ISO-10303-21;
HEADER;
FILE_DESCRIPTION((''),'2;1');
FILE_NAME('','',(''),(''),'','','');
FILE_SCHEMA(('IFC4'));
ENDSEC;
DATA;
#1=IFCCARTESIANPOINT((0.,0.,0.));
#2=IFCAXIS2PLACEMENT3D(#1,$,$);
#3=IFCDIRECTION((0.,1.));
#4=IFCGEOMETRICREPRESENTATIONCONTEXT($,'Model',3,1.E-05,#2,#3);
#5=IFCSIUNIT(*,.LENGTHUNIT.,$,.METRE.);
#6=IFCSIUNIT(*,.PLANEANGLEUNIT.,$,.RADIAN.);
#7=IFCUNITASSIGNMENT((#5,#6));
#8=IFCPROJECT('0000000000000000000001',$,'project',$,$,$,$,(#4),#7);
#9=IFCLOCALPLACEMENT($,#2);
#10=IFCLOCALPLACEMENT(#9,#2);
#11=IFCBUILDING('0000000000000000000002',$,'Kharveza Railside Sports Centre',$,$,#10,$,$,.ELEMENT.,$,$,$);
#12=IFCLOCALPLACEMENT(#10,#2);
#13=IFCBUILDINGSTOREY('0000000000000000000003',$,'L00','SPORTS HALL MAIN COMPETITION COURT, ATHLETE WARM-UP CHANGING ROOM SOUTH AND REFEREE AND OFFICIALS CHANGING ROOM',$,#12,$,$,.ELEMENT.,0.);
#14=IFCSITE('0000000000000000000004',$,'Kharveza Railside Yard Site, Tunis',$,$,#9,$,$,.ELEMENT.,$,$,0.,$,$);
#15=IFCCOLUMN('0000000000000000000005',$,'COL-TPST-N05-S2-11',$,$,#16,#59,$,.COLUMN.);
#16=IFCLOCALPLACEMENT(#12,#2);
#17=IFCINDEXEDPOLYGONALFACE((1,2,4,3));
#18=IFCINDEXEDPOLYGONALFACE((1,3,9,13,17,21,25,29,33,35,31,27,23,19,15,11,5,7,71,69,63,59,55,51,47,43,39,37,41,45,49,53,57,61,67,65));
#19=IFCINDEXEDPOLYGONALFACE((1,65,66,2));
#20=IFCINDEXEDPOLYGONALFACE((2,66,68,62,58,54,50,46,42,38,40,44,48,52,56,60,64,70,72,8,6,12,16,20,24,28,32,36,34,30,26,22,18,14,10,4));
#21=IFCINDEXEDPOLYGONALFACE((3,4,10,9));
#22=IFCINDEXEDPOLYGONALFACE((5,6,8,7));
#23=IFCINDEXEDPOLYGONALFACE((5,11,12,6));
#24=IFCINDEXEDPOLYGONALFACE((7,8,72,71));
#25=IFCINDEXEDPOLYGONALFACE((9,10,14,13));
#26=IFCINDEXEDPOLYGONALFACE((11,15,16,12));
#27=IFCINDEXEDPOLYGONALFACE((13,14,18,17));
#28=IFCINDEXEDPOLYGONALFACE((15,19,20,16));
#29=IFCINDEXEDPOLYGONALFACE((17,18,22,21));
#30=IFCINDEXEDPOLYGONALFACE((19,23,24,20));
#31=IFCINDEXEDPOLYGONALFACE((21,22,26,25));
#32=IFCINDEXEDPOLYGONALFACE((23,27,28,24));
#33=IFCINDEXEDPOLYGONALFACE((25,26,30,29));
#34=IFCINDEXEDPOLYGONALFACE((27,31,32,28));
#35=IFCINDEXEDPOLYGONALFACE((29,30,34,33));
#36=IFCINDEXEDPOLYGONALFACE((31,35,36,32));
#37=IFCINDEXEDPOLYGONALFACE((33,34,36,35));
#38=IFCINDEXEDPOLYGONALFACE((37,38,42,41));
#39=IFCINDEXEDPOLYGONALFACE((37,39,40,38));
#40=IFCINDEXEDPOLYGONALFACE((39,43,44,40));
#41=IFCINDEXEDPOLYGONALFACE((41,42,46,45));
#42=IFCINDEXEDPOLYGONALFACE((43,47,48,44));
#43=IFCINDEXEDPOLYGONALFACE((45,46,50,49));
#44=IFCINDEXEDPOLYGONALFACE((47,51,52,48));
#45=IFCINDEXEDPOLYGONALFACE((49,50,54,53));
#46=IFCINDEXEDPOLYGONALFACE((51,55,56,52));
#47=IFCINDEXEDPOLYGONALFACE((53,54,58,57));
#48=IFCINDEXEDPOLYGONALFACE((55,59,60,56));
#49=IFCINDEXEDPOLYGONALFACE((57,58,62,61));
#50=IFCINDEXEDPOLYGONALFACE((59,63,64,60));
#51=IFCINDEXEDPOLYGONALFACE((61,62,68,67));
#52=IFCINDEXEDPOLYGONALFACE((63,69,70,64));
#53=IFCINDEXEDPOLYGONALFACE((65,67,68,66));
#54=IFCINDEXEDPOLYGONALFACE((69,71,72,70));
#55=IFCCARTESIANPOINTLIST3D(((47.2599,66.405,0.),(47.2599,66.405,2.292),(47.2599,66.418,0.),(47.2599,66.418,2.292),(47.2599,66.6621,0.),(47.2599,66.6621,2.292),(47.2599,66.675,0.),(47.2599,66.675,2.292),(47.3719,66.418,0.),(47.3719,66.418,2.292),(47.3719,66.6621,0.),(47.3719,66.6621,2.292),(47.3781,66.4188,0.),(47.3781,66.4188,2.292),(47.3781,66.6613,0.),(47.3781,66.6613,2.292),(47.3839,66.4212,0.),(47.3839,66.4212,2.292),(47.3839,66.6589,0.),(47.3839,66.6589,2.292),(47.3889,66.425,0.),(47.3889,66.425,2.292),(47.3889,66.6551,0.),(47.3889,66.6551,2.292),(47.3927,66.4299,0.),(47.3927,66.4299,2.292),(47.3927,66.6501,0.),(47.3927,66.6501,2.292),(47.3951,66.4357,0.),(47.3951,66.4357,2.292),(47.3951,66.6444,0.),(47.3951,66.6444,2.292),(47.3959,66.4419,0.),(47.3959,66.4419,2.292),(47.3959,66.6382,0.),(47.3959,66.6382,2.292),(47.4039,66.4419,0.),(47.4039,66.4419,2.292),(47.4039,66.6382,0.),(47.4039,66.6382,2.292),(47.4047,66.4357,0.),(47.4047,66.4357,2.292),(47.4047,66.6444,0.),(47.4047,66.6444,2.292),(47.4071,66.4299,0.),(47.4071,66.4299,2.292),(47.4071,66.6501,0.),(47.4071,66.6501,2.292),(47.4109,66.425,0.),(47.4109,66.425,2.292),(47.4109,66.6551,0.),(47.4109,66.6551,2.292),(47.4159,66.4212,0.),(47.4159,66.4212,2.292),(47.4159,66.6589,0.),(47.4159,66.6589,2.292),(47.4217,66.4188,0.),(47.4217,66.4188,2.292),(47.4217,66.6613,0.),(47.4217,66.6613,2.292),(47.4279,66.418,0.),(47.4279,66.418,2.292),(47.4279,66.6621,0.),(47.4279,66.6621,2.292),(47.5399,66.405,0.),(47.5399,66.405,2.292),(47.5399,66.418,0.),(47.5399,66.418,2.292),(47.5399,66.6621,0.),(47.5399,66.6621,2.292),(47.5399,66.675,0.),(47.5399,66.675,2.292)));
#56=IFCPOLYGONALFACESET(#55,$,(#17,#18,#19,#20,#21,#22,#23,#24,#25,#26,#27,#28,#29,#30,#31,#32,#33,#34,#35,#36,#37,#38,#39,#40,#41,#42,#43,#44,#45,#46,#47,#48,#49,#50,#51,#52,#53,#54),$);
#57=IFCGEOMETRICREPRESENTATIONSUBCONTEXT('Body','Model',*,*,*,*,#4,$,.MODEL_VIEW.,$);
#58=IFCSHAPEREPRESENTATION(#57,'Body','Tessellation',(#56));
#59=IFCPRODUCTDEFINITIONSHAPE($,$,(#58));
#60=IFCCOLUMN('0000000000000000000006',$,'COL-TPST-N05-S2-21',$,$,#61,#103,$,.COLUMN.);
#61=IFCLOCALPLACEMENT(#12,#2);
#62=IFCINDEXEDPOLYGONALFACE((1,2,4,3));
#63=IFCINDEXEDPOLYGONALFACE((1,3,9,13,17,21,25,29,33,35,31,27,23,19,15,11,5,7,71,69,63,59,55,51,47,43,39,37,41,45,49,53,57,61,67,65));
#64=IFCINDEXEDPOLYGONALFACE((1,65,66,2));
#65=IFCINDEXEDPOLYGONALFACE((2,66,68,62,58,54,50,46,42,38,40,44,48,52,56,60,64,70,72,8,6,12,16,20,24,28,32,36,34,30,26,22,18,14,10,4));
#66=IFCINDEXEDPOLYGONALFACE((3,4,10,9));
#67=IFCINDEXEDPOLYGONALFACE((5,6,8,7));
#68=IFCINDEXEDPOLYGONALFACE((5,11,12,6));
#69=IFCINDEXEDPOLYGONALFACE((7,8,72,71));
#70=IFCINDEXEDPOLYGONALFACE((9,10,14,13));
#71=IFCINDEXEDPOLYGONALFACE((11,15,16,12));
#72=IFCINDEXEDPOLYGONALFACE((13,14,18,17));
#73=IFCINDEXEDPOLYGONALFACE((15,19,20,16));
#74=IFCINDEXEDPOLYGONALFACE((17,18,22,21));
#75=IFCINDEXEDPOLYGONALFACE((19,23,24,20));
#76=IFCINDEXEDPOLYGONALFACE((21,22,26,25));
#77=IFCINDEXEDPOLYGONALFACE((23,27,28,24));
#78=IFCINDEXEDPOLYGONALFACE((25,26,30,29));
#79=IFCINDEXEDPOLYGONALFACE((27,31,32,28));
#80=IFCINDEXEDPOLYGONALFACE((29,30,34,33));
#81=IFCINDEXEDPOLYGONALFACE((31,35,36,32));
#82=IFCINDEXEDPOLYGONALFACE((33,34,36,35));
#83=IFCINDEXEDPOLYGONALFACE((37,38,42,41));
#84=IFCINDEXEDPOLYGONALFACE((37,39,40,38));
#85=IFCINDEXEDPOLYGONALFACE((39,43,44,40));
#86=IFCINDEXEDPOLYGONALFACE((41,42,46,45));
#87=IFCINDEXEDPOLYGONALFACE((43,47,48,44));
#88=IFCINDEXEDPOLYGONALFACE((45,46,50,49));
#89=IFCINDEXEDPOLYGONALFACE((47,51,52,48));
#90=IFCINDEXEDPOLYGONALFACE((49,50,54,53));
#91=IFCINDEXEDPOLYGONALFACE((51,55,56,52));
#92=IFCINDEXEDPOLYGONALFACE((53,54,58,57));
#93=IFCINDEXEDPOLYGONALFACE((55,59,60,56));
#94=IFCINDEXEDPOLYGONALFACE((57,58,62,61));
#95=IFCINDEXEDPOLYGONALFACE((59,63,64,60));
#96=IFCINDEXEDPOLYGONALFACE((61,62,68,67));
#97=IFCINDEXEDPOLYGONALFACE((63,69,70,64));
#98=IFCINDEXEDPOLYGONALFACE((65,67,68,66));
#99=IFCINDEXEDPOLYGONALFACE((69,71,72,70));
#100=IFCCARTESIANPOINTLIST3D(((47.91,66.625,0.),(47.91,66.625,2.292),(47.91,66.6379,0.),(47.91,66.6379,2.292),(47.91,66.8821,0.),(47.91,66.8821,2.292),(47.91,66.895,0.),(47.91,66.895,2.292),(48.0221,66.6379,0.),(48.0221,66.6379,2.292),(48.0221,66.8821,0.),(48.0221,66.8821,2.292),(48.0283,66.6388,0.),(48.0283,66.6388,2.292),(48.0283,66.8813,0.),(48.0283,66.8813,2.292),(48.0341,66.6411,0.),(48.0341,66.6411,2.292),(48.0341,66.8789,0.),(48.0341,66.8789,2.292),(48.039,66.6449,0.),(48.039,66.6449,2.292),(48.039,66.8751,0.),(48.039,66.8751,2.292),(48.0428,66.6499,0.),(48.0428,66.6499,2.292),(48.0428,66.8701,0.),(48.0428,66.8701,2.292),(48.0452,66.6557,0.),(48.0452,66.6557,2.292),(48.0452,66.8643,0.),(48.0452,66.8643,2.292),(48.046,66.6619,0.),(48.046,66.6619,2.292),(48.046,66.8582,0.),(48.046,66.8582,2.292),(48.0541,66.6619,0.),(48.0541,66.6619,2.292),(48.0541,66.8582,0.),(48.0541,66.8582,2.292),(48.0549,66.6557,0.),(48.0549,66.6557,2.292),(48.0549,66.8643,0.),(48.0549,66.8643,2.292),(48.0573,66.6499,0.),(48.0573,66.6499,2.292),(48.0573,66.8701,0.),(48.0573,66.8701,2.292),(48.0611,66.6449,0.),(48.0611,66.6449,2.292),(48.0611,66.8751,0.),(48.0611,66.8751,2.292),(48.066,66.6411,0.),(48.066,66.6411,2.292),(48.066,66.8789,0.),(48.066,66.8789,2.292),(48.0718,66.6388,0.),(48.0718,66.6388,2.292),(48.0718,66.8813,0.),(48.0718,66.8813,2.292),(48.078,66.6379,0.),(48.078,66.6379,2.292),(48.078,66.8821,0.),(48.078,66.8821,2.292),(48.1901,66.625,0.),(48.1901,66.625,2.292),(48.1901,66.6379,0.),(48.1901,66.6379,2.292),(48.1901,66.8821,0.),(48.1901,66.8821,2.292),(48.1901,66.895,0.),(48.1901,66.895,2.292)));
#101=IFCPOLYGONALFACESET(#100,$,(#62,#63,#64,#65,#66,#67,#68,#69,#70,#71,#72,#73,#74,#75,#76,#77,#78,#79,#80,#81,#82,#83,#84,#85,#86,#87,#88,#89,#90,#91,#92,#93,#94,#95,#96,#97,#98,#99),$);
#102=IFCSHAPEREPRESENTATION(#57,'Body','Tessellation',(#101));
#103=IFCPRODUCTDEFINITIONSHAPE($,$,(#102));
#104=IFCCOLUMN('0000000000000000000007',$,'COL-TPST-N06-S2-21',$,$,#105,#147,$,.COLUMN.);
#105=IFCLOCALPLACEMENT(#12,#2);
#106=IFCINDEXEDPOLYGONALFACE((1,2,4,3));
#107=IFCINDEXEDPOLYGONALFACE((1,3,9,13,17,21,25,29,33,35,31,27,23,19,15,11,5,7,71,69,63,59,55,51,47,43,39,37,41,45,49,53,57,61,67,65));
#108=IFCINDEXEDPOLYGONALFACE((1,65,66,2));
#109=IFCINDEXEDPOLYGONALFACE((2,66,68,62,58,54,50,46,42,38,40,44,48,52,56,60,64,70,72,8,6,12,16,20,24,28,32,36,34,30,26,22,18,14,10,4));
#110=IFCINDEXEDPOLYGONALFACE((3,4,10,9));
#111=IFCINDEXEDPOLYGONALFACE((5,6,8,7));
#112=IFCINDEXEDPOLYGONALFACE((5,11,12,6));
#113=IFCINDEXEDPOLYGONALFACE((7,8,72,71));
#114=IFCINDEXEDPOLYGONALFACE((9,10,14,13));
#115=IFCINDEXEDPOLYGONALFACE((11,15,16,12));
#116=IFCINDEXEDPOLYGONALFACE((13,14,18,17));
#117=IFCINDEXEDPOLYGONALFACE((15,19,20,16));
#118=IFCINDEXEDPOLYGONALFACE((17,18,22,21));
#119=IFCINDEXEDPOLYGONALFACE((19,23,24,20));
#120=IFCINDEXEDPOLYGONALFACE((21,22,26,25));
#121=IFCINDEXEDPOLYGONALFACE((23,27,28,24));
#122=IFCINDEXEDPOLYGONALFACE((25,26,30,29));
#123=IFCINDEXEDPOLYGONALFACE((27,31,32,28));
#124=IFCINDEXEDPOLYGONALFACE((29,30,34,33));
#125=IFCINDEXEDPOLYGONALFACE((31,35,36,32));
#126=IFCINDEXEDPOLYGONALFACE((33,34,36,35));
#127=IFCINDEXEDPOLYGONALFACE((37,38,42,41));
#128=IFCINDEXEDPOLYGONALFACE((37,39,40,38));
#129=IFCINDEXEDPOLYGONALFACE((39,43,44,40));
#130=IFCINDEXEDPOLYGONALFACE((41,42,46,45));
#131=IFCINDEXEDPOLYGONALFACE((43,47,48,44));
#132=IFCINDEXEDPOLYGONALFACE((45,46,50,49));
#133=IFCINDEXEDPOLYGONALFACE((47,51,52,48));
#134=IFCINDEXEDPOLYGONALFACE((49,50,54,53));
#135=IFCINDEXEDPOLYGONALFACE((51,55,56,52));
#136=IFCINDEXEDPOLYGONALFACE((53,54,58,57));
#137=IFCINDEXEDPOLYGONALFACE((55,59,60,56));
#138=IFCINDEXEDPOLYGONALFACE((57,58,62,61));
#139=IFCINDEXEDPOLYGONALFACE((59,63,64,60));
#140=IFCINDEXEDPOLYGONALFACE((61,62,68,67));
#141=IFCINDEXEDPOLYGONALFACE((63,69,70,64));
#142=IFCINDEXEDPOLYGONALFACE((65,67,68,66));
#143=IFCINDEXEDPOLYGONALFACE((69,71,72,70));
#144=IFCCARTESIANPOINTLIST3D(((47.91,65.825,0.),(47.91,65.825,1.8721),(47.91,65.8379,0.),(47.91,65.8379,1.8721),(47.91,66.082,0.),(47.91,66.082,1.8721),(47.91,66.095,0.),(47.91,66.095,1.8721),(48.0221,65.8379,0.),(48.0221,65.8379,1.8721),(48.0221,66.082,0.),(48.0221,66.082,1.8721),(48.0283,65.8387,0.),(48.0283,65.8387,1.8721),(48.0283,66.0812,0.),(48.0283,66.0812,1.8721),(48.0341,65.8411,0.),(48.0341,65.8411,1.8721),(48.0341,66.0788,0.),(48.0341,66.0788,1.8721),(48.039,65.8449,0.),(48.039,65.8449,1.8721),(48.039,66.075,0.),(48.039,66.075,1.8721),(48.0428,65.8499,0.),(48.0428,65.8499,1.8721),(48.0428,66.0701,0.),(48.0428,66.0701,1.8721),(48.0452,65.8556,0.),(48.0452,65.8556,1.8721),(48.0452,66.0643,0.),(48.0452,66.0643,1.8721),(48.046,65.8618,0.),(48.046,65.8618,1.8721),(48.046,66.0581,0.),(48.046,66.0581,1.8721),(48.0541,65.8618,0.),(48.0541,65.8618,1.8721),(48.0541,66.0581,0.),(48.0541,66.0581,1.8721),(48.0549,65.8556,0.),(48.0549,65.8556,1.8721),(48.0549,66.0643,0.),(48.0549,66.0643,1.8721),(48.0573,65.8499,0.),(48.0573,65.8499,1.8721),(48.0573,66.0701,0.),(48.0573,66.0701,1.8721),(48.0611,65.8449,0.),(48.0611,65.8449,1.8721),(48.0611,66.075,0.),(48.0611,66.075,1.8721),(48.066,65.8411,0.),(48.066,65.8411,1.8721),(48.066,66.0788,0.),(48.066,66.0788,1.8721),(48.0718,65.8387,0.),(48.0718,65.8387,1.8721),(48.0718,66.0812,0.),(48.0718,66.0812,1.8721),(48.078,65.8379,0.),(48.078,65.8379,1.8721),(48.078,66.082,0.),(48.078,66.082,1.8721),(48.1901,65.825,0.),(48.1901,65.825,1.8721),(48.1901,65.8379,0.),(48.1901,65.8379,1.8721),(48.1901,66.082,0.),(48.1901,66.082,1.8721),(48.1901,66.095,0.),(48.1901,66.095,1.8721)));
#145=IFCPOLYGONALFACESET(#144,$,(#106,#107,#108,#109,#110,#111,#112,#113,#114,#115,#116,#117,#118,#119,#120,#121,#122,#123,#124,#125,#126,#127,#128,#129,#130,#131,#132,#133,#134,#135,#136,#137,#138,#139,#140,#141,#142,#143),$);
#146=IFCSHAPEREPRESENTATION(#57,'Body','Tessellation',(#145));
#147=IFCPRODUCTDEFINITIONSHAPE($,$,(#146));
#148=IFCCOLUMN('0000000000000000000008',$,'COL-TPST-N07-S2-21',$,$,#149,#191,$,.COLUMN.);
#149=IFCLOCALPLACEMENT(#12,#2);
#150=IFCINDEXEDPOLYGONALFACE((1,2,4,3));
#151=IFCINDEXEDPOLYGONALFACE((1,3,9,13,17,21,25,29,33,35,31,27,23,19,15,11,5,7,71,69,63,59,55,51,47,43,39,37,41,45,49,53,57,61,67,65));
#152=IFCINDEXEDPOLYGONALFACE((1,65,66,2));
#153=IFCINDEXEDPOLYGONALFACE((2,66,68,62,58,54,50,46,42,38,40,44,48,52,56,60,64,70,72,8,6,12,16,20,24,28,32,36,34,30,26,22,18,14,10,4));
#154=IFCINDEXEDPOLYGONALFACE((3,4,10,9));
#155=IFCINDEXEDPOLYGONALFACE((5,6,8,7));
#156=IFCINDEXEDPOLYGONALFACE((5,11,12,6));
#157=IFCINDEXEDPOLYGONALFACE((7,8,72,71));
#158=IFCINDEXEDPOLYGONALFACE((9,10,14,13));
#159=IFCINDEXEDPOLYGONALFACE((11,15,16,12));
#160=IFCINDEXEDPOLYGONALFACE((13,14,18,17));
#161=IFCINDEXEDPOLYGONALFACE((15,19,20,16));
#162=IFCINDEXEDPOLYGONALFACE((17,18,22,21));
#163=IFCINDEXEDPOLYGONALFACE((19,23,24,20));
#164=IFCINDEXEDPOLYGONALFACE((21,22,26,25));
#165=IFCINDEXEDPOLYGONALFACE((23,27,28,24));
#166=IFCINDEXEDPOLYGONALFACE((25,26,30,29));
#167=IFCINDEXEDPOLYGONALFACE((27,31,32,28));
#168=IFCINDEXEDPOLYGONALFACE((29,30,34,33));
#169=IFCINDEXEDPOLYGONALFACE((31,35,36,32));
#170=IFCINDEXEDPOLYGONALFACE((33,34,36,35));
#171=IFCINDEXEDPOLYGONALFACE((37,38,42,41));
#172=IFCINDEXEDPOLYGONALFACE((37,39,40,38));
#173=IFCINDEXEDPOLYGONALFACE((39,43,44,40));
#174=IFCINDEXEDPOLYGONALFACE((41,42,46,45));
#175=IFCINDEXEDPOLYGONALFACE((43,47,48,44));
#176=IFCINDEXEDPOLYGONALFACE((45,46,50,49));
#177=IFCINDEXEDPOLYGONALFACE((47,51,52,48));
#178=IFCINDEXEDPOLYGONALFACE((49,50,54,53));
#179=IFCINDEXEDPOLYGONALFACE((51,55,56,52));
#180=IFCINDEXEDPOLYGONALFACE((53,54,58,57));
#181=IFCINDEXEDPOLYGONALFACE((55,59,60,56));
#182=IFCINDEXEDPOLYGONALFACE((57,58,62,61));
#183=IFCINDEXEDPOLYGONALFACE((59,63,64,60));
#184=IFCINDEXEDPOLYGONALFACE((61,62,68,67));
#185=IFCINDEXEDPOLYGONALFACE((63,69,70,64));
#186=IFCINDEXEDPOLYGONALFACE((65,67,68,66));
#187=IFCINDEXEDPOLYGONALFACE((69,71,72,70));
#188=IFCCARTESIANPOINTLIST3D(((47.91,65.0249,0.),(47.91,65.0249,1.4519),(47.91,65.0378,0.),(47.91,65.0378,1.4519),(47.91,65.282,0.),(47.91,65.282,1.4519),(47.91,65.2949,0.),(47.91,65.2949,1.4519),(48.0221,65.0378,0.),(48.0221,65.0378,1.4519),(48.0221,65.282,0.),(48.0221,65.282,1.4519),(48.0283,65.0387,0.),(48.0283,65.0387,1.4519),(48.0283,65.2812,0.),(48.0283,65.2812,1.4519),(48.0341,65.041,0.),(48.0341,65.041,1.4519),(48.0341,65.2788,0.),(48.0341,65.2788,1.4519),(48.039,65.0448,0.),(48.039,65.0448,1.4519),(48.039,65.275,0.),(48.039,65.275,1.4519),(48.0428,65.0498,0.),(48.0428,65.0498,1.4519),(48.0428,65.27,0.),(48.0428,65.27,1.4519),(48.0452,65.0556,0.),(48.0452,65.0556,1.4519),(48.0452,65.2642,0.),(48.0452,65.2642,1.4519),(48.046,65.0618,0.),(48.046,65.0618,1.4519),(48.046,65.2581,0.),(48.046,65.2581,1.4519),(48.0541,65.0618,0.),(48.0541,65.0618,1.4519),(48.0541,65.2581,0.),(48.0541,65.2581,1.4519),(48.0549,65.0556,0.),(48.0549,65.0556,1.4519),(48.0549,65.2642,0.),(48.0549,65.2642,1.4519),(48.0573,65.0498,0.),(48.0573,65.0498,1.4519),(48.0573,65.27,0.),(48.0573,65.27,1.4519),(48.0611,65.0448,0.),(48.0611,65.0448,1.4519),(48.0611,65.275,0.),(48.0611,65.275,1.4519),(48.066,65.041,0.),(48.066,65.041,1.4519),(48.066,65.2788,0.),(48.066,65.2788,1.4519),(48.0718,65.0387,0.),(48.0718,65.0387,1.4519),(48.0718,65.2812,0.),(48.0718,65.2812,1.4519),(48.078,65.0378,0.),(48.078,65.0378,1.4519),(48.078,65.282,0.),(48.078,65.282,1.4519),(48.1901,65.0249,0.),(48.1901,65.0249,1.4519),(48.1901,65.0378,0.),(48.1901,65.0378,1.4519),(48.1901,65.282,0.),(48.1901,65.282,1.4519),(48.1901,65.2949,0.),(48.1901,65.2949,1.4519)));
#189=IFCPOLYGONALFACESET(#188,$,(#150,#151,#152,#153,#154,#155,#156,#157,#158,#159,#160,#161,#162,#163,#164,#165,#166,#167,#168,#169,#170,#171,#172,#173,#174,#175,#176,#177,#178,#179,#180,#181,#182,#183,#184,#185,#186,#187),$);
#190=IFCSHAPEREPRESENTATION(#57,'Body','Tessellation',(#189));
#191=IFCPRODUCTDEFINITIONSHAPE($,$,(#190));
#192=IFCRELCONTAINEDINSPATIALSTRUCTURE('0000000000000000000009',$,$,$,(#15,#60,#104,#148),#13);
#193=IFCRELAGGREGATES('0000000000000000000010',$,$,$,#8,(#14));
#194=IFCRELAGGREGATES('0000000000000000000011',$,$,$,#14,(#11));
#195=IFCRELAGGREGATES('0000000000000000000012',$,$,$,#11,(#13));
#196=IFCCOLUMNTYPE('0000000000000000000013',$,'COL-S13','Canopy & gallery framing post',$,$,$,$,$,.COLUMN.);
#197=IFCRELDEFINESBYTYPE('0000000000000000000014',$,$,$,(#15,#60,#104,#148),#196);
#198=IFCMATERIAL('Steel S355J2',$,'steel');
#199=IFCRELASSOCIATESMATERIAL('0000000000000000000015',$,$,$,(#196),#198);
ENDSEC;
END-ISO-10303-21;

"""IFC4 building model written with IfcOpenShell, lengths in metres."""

from ifc_helpers import new_model, si_unit, direction, frame, origin, origin_2d, place, context, subcontext, project, spatial, i_section, extrude, material, material_profile, profile_set, type_object, element, save


model = new_model("IFC4")

# Units and contexts
model_context = context("Model", 3, precision=1e-05, world=origin(), true_north=direction((0.0, 1.0)))
body_context = subcontext(model_context, "Body", "Model", "MODEL_VIEW")
ifc_project = project(units=[si_unit("LENGTHUNIT", "METRE"), si_unit("PLANEANGLEUNIT", "RADIAN")], contexts=[model_context])

# Site, building, storey
site_placement = place(None, origin())
site = spatial("IfcSite", under=ifc_project, at=site_placement, Name="Kharveza Railside Yard Site, Tunis", CompositionType="ELEMENT", RefElevation=0.0)
building_placement = place(site_placement, origin())
building = spatial("IfcBuilding", under=site, at=building_placement, Name="Kharveza Railside Sports Centre", CompositionType="ELEMENT")
storey_placement = place(building_placement, origin())
storey = spatial("IfcBuildingStorey", under=building, at=storey_placement, Name="L00", Description="SPORTS HALL MAIN COMPETITION COURT, ATHLETE WARM-UP CHANGING ROOM SOUTH AND REFEREE AND OFFICIALS CHANGING ROOM", CompositionType="ELEMENT", Elevation=0.0)

# Columns
ifc_material_1 = material(Name="Steel S355J2", Category="steel")
ifc_material_profile_1 = material_profile(ifc_material_1, i_section(OverallWidth=0.28, OverallDepth=0.27, WebThickness=0.0081, FlangeThickness=0.0129, FilletRadius=0.0239, at=origin_2d()), Name="HEA 280")
ifc_profile_set_1 = profile_set([ifc_material_profile_1], Name="Steel S355J2")
column_type_1 = type_object("IfcColumnType", Name="COL-S13", Description="Canopy & gallery framing post", PredefinedType="COLUMN", material=ifc_profile_set_1)
for number, where, z_axis, x_axis, name in (
    (1, (47.3999, 66.54, 0.0), (0.0, 0.0, 1.0), (1.0, 0.0, 0.0), "COL-TPST-N05-S2-11"),
    (2, (48.05, 66.76, 0.0), (0.0, 0.0, 1.0), (1.0, 0.0, 0.0), "COL-TPST-N05-S2-21"),
):
    element("IfcColumn", number, at=place(storey_placement, frame(where, z_axis=z_axis, x_axis=x_axis)), inside=storey, type_object=column_type_1, Name=name, PredefinedType="COLUMN", context=body_context, shape_type="SweptSolid", body=[
        extrude(i_section(OverallWidth=0.28, OverallDepth=0.27, WebThickness=0.0081, FlangeThickness=0.0129, FilletRadius=0.0239, at=origin_2d()), origin(), (0.0, 0.0, 1.0), 2.292),
    ])
column_1_placement = place(storey_placement, frame((48.05, 65.96, 0.0), z_axis=(0.0, 0.0, 1.0), x_axis=(1.0, 0.0, 0.0)))
element("IfcColumn", 3, at=column_1_placement, inside=storey, type_object=column_type_1, Name="COL-TPST-N06-S2-21", PredefinedType="COLUMN", context=body_context, shape_type="SweptSolid", body=[
    extrude(i_section(OverallWidth=0.28, OverallDepth=0.27, WebThickness=0.0081, FlangeThickness=0.0129, FilletRadius=0.0239, at=origin_2d()), origin(), (0.0, 0.0, 1.0), 1.8721),
])
column_2_placement = place(storey_placement, frame((48.05, 65.1599, 0.0), z_axis=(0.0, 0.0, 1.0), x_axis=(1.0, 0.0, 0.0)))
element("IfcColumn", 4, at=column_2_placement, inside=storey, type_object=column_type_1, Name="COL-TPST-N07-S2-21", PredefinedType="COLUMN", context=body_context, shape_type="SweptSolid", body=[
    extrude(i_section(OverallWidth=0.28, OverallDepth=0.27, WebThickness=0.0081, FlangeThickness=0.0129, FilletRadius=0.0239, at=origin_2d()), origin(), (0.0, 0.0, 1.0), 1.4519),
])

save(model, "model.ifc")
